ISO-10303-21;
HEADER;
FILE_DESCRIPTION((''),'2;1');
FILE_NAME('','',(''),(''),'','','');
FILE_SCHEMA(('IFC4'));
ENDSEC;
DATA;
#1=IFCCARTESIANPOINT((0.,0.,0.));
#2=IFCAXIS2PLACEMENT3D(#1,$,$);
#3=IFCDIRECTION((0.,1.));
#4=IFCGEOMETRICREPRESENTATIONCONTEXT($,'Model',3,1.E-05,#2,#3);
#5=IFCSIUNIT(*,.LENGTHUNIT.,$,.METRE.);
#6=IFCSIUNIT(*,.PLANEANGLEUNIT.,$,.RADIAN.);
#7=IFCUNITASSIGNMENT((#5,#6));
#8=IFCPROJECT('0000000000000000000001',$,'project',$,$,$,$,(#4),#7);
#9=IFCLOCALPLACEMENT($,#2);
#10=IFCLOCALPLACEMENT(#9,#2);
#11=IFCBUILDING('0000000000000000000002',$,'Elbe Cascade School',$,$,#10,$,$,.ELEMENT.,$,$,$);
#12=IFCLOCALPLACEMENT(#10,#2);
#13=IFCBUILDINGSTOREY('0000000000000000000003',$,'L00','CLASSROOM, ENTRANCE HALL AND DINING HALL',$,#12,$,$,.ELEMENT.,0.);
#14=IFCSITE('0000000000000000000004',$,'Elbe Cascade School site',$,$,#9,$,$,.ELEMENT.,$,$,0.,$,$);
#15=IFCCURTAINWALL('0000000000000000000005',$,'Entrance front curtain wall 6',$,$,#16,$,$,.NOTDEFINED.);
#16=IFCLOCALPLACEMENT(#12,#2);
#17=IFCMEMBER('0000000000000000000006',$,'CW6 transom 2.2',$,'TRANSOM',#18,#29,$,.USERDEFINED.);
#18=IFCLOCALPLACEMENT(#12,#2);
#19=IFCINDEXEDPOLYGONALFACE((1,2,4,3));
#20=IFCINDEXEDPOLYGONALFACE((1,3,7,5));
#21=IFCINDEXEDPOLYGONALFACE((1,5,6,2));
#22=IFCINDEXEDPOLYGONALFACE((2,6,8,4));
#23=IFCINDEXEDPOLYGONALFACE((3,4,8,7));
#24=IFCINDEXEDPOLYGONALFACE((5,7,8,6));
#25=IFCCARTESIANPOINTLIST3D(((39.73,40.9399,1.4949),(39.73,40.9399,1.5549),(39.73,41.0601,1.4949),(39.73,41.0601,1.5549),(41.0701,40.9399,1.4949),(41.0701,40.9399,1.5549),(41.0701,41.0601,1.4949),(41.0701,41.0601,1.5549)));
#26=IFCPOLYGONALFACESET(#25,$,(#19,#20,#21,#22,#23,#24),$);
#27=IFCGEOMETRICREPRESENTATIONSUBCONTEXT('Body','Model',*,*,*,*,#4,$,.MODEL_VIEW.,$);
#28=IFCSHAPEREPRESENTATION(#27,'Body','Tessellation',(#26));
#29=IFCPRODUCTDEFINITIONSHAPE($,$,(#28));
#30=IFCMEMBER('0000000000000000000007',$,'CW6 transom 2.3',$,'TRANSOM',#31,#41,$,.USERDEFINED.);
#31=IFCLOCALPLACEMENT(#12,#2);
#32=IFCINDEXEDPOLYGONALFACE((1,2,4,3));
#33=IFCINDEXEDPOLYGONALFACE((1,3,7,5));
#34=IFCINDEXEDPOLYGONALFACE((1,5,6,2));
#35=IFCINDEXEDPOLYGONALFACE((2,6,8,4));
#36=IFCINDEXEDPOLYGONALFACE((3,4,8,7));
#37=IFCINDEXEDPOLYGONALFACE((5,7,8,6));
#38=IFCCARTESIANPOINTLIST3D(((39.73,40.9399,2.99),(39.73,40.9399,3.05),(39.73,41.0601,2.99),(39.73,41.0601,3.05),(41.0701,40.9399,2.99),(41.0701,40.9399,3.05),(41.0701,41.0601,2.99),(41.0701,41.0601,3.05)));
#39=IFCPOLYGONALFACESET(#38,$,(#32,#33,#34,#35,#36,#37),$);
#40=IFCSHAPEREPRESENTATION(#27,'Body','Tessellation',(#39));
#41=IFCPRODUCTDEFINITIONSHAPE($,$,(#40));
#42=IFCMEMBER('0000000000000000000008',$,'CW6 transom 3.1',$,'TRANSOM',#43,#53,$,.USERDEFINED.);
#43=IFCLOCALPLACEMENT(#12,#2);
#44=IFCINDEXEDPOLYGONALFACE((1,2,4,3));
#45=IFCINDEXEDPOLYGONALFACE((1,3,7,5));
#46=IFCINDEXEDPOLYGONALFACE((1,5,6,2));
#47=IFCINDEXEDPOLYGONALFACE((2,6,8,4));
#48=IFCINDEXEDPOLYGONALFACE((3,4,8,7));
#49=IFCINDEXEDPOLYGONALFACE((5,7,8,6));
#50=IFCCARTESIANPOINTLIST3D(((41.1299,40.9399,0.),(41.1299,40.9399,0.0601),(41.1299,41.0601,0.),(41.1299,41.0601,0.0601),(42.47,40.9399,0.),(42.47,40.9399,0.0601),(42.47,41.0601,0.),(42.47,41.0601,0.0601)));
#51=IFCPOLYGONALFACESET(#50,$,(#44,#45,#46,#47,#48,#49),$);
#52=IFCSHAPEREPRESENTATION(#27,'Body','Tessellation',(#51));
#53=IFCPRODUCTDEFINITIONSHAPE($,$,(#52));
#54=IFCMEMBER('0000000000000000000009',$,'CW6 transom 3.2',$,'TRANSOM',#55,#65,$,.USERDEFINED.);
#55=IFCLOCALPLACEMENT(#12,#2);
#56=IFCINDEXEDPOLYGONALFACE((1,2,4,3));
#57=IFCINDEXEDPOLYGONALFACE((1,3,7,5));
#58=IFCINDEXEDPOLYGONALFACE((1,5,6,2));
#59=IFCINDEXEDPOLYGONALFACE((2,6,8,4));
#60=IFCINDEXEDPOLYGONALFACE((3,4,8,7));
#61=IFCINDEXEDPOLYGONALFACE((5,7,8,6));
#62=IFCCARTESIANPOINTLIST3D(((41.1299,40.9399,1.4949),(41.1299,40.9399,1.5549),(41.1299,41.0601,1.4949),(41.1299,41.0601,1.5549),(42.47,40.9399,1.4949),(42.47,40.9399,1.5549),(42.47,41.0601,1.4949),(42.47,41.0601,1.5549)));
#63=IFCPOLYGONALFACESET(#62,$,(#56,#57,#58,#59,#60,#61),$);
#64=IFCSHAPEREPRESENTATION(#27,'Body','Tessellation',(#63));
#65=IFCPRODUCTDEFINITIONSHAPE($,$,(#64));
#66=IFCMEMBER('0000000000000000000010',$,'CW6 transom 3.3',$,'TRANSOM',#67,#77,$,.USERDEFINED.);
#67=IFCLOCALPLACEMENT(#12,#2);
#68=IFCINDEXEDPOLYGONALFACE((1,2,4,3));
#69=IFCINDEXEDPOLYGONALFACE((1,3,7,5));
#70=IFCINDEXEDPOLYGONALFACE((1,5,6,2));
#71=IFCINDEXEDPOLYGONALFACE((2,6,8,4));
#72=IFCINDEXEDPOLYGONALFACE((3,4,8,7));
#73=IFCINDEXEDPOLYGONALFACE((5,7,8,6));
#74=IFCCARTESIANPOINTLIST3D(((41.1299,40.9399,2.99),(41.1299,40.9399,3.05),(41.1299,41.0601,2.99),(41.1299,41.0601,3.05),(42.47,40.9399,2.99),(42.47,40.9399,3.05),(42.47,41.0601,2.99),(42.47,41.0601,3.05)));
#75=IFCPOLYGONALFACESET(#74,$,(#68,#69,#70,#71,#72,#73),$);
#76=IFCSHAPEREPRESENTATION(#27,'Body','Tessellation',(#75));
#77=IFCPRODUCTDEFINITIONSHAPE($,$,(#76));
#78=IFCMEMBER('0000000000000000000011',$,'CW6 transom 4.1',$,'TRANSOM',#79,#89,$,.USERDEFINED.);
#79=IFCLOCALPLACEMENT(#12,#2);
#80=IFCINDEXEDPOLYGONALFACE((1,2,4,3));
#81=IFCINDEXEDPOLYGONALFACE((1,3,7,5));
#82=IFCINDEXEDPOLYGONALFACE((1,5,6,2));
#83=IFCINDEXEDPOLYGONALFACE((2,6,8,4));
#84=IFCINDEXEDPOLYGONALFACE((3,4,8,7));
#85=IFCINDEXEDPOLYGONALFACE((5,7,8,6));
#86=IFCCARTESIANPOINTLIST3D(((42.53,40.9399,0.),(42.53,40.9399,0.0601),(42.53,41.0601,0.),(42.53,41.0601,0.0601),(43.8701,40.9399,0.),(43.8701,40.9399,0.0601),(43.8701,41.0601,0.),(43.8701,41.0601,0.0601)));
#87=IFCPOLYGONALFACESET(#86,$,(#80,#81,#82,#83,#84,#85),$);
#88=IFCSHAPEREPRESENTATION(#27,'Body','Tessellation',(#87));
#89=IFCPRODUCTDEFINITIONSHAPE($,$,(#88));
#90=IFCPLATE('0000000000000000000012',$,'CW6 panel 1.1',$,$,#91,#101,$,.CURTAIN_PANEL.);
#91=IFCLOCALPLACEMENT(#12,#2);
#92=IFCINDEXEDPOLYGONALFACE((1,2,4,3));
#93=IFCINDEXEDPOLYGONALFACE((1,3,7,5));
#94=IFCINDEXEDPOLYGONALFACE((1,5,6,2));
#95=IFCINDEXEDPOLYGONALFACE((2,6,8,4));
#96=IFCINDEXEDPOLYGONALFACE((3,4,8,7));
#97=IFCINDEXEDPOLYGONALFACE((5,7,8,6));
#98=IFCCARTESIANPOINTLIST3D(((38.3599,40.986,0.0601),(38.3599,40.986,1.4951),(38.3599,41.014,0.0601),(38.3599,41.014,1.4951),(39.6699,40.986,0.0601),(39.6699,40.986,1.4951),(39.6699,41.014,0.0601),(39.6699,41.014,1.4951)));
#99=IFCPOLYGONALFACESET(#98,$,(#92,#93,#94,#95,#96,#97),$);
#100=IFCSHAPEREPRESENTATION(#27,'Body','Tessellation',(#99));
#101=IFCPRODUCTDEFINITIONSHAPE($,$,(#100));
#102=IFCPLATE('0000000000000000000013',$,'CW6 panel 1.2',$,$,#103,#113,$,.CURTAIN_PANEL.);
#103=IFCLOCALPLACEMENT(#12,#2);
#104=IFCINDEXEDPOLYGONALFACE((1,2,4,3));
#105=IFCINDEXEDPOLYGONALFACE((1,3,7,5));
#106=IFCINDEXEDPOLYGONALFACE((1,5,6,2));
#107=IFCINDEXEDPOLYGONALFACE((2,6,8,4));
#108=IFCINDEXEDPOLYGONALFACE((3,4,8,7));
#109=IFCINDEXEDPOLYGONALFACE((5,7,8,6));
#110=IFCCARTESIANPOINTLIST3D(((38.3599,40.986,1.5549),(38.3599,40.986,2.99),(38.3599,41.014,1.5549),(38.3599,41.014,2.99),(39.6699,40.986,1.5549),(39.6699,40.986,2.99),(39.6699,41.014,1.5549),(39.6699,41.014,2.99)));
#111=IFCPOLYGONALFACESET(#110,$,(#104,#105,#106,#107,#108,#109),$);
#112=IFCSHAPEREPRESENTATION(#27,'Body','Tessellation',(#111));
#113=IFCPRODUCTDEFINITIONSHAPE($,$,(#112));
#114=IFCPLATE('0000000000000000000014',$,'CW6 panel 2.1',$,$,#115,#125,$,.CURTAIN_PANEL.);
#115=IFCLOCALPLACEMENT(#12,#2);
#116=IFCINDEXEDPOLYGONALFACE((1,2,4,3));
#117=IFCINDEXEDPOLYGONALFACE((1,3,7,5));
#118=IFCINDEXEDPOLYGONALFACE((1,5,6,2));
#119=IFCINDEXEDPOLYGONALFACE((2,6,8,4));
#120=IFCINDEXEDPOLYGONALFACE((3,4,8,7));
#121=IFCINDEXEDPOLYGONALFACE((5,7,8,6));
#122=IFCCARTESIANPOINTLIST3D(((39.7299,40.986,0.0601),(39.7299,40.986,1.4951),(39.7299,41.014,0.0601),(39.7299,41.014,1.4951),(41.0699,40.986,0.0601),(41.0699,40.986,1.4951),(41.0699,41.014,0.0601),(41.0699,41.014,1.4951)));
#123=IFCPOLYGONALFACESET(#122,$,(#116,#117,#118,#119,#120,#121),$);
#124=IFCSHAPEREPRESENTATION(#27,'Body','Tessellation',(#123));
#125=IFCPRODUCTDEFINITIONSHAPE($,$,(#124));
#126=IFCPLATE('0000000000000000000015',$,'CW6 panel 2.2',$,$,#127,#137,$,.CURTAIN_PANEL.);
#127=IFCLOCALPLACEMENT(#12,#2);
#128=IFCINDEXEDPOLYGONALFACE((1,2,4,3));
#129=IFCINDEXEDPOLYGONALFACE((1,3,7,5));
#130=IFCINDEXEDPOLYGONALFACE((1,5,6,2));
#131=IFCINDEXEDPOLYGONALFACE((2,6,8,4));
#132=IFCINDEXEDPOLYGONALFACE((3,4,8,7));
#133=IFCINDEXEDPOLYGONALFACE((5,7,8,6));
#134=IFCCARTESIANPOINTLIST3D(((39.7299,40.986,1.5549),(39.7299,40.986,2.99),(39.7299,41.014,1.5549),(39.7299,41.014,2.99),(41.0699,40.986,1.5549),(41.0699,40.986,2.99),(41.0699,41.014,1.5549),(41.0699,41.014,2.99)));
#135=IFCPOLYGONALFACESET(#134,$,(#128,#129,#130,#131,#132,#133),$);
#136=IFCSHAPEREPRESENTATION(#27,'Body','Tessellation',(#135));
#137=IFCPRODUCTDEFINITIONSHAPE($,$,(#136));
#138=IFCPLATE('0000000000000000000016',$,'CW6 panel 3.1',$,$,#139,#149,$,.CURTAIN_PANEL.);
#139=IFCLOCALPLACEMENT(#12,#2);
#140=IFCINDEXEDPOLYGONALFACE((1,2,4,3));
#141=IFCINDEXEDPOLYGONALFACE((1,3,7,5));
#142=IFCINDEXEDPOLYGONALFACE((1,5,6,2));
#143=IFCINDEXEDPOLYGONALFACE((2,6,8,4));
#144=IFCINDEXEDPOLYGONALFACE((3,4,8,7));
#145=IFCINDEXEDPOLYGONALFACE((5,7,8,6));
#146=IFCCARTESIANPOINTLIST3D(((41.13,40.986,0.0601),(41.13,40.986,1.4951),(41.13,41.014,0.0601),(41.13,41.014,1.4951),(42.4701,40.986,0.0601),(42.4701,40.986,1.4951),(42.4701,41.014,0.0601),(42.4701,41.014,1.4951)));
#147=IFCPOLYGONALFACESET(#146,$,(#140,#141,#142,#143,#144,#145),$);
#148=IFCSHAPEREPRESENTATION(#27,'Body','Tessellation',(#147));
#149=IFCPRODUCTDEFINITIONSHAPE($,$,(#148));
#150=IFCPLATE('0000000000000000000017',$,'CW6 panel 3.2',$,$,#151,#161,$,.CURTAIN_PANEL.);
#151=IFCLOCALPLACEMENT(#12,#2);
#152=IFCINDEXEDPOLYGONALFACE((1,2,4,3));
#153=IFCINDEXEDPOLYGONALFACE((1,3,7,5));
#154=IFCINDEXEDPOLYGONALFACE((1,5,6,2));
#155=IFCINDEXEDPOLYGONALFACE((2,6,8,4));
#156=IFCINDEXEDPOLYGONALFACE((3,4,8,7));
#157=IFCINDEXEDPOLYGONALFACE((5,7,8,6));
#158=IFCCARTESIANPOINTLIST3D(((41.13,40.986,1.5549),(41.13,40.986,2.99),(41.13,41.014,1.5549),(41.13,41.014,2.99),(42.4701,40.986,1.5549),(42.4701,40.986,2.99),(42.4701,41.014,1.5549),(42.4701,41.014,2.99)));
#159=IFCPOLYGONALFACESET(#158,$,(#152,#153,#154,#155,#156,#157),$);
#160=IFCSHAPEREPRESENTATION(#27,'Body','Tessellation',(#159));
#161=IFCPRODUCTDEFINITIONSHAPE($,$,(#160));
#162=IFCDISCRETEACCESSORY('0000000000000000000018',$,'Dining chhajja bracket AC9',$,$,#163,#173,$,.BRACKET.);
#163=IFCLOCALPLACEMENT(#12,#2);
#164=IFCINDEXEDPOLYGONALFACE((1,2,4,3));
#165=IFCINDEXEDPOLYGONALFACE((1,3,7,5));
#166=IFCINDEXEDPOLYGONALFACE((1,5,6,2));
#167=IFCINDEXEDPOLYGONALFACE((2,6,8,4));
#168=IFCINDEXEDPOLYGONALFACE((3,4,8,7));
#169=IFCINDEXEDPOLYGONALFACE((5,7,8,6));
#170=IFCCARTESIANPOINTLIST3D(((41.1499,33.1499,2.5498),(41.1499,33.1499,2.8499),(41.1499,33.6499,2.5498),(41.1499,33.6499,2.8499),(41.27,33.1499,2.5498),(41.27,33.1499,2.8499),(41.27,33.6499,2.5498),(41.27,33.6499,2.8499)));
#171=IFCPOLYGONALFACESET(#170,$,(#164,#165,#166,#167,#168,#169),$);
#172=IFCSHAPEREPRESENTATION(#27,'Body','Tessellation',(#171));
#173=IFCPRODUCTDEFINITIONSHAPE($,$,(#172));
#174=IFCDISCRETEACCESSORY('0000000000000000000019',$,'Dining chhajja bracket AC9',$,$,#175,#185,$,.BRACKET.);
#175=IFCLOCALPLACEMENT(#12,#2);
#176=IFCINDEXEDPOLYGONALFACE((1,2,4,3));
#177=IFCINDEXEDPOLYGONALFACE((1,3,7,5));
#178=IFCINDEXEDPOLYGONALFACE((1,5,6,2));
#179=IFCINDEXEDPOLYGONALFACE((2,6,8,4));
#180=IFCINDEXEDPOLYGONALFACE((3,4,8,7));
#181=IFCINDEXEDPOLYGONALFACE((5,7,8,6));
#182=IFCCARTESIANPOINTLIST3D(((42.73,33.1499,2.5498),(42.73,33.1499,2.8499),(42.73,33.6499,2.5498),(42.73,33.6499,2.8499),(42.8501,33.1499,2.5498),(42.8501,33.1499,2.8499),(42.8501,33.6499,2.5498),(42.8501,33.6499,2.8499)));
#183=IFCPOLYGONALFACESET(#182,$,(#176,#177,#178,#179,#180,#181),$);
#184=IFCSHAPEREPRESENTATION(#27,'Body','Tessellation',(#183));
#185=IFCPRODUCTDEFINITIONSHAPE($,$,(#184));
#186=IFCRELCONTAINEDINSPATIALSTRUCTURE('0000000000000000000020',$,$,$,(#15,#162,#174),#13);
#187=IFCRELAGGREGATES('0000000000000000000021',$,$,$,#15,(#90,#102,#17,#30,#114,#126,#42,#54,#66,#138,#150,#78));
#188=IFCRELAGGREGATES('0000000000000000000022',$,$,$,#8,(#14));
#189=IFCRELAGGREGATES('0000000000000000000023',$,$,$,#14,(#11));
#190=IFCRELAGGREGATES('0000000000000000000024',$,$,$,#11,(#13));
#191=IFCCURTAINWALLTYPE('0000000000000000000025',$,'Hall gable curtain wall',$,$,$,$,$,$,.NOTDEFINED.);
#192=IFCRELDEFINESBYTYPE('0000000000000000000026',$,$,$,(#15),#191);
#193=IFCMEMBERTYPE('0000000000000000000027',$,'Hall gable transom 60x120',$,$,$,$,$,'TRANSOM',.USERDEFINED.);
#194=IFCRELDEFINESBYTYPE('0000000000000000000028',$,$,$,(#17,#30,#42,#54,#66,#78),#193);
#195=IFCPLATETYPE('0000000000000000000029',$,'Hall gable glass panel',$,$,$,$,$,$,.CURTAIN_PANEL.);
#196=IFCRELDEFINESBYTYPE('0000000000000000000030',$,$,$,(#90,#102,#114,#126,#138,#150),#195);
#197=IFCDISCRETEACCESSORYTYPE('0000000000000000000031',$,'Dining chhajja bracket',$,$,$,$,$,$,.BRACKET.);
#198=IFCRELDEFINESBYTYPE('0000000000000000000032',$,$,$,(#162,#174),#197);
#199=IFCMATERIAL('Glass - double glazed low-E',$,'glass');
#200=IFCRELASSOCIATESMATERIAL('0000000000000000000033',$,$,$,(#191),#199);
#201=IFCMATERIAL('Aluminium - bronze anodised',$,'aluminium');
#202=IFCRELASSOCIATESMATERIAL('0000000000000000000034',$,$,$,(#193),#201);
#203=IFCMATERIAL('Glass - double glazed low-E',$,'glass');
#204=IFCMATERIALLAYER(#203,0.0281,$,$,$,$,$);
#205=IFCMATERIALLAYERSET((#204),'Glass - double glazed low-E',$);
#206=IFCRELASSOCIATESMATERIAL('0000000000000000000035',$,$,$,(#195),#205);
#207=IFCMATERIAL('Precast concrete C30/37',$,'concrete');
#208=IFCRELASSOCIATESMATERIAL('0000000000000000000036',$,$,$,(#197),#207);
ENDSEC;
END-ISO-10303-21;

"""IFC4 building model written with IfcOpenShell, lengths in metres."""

from ifc_helpers import new_model, si_unit, direction, frame, origin, origin_2d, place, context, subcontext, project, spatial, rectangle, extrude, material, layer, layer_set, material_profile, profile_set, type_object, element, aggregate, save


model = new_model("IFC4")

# Units and contexts
model_context = context("Model", 3, precision=1e-05, world=origin(), true_north=direction((0.0, 1.0)))
body_context = subcontext(model_context, "Body", "Model", "MODEL_VIEW")
ifc_project = project(units=[si_unit("LENGTHUNIT", "METRE"), si_unit("PLANEANGLEUNIT", "RADIAN")], contexts=[model_context])

# Site, building, storey
site_placement = place(None, origin())
site = spatial("IfcSite", under=ifc_project, at=site_placement, Name="Elbe Cascade School site", CompositionType="ELEMENT", RefElevation=0.0)
building_placement = place(site_placement, origin())
building = spatial("IfcBuilding", under=site, at=building_placement, Name="Elbe Cascade School", CompositionType="ELEMENT")
storey_placement = place(building_placement, origin())
storey = spatial("IfcBuildingStorey", under=building, at=storey_placement, Name="L00", Description="CLASSROOM, ENTRANCE HALL AND DINING HALL", CompositionType="ELEMENT", Elevation=0.0)

# Curtain wall, members, plates
ifc_material_1 = material(Name="Glass - double glazed low-E", Category="glass")
curtain_wall_type = type_object("IfcCurtainWallType", Name="Hall gable curtain wall", PredefinedType="NOTDEFINED", material=ifc_material_1)
curtain_wall_placement = place(storey_placement, origin())
curtain_wall = element("IfcCurtainWall", 1, at=curtain_wall_placement, inside=storey, type_object=curtain_wall_type, Name="Entrance front curtain wall 6", PredefinedType="NOTDEFINED")
ifc_material_2 = material(Name="Aluminium - bronze anodised", Category="aluminium")
ifc_material_profile_1 = material_profile(ifc_material_2, rectangle(XDim=0.1201, YDim=0.0601, at=origin_2d()), Name="Alu 60x120")
ifc_profile_set_1 = profile_set([ifc_material_profile_1], Name="Aluminium - bronze anodised")
member_type_1 = type_object("IfcMemberType", Name="Hall gable transom 60x120", ElementType="TRANSOM", PredefinedType="USERDEFINED", material=ifc_profile_set_1)
member_1_placement = place(storey_placement, frame((39.73, 41.0, 1.5249), z_axis=(1.0, 0.0, 0.0), x_axis=(0.0, 1.0, 0.0)))
member_1 = element("IfcMember", 2, at=member_1_placement, type_object=member_type_1, Name="CW6 transom 2.2", ObjectType="TRANSOM", PredefinedType="USERDEFINED", context=body_context, shape_type="SweptSolid", body=[
    extrude(rectangle(XDim=0.1201, YDim=0.0601, at=origin_2d()), origin(), (0.0, 0.0, 1.0), 1.3401),
])
member_2_placement = place(storey_placement, frame((39.73, 41.0, 3.02), z_axis=(1.0, 0.0, 0.0), x_axis=(0.0, 1.0, 0.0)))
member_2 = element("IfcMember", 3, at=member_2_placement, type_object=member_type_1, Name="CW6 transom 2.3", ObjectType="TRANSOM", PredefinedType="USERDEFINED", context=body_context, shape_type="SweptSolid", body=[
    extrude(rectangle(XDim=0.1201, YDim=0.0601, at=origin_2d()), origin(), (0.0, 0.0, 1.0), 1.3401),
])
member_3_placement = place(storey_placement, frame((41.1299, 41.0, 0.03), z_axis=(1.0, 0.0, 0.0), x_axis=(0.0, 1.0, 0.0)))
member_3 = element("IfcMember", 4, at=member_3_placement, type_object=member_type_1, Name="CW6 transom 3.1", ObjectType="TRANSOM", PredefinedType="USERDEFINED", context=body_context, shape_type="SweptSolid", body=[
    extrude(rectangle(XDim=0.1201, YDim=0.0601, at=origin_2d()), origin(), (0.0, 0.0, 1.0), 1.3401),
])
member_4_placement = place(storey_placement, frame((41.1299, 41.0, 1.5249), z_axis=(1.0, 0.0, 0.0), x_axis=(0.0, 1.0, 0.0)))
member_4 = element("IfcMember", 5, at=member_4_placement, type_object=member_type_1, Name="CW6 transom 3.2", ObjectType="TRANSOM", PredefinedType="USERDEFINED", context=body_context, shape_type="SweptSolid", body=[
    extrude(rectangle(XDim=0.1201, YDim=0.0601, at=origin_2d()), origin(), (0.0, 0.0, 1.0), 1.3401),
])
member_5_placement = place(storey_placement, frame((41.1299, 41.0, 3.02), z_axis=(1.0, 0.0, 0.0), x_axis=(0.0, 1.0, 0.0)))
member_5 = element("IfcMember", 6, at=member_5_placement, type_object=member_type_1, Name="CW6 transom 3.3", ObjectType="TRANSOM", PredefinedType="USERDEFINED", context=body_context, shape_type="SweptSolid", body=[
    extrude(rectangle(XDim=0.1201, YDim=0.0601, at=origin_2d()), origin(), (0.0, 0.0, 1.0), 1.3401),
])
member_6_placement = place(storey_placement, frame((42.53, 41.0, 0.03), z_axis=(1.0, 0.0, 0.0), x_axis=(0.0, 1.0, 0.0)))
member_6 = element("IfcMember", 7, at=member_6_placement, type_object=member_type_1, Name="CW6 transom 4.1", ObjectType="TRANSOM", PredefinedType="USERDEFINED", context=body_context, shape_type="SweptSolid", body=[
    extrude(rectangle(XDim=0.1201, YDim=0.0601, at=origin_2d()), origin(), (0.0, 0.0, 1.0), 1.3401),
])
ifc_material_3 = material(Name="Glass - double glazed low-E", Category="glass")
ifc_layer = layer(ifc_material_3, 0.0281)
ifc_layer_set = layer_set([ifc_layer], Name="Glass - double glazed low-E")
plate_type = type_object("IfcPlateType", Name="Hall gable glass panel", PredefinedType="CURTAIN_PANEL", material=ifc_layer_set)
plate_1_placement = place(storey_placement, frame((39.0149, 41.0, 0.0601), z_axis=(0.0, 0.0, 1.0), x_axis=(1.0, 0.0, 0.0)))
plate_1 = element("IfcPlate", 8, at=plate_1_placement, type_object=plate_type, Name="CW6 panel 1.1", PredefinedType="CURTAIN_PANEL", context=body_context, shape_type="SweptSolid", body=[
    extrude(rectangle(XDim=1.3101, YDim=0.0281, at=origin_2d()), origin(), (0.0, 0.0, 1.0), 1.4351),
])
plate_2_placement = place(storey_placement, frame((39.0149, 41.0, 1.5549), z_axis=(0.0, 0.0, 1.0), x_axis=(1.0, 0.0, 0.0)))
plate_2 = element("IfcPlate", 9, at=plate_2_placement, type_object=plate_type, Name="CW6 panel 1.2", PredefinedType="CURTAIN_PANEL", context=body_context, shape_type="SweptSolid", body=[
    extrude(rectangle(XDim=1.3101, YDim=0.0281, at=origin_2d()), origin(), (0.0, 0.0, 1.0), 1.4351),
])
plate_3_placement = place(storey_placement, frame((40.3999, 41.0, 0.0601), z_axis=(0.0, 0.0, 1.0), x_axis=(1.0, 0.0, 0.0)))
plate_3 = element("IfcPlate", 10, at=plate_3_placement, type_object=plate_type, Name="CW6 panel 2.1", PredefinedType="CURTAIN_PANEL", context=body_context, shape_type="SweptSolid", body=[
    extrude(rectangle(XDim=1.3401, YDim=0.0281, at=origin_2d()), origin(), (0.0, 0.0, 1.0), 1.4351),
])
plate_4_placement = place(storey_placement, frame((40.3999, 41.0, 1.5549), z_axis=(0.0, 0.0, 1.0), x_axis=(1.0, 0.0, 0.0)))
plate_4 = element("IfcPlate", 11, at=plate_4_placement, type_object=plate_type, Name="CW6 panel 2.2", PredefinedType="CURTAIN_PANEL", context=body_context, shape_type="SweptSolid", body=[
    extrude(rectangle(XDim=1.3401, YDim=0.0281, at=origin_2d()), origin(), (0.0, 0.0, 1.0), 1.4351),
])
plate_5_placement = place(storey_placement, frame((41.8, 41.0, 0.0601), z_axis=(0.0, 0.0, 1.0), x_axis=(1.0, 0.0, 0.0)))
plate_5 = element("IfcPlate", 12, at=plate_5_placement, type_object=plate_type, Name="CW6 panel 3.1", PredefinedType="CURTAIN_PANEL", context=body_context, shape_type="SweptSolid", body=[
    extrude(rectangle(XDim=1.3401, YDim=0.0281, at=origin_2d()), origin(), (0.0, 0.0, 1.0), 1.4351),
])
plate_6_placement = place(storey_placement, frame((41.8, 41.0, 1.5549), z_axis=(0.0, 0.0, 1.0), x_axis=(1.0, 0.0, 0.0)))
plate_6 = element("IfcPlate", 13, at=plate_6_placement, type_object=plate_type, Name="CW6 panel 3.2", PredefinedType="CURTAIN_PANEL", context=body_context, shape_type="SweptSolid", body=[
    extrude(rectangle(XDim=1.3401, YDim=0.0281, at=origin_2d()), origin(), (0.0, 0.0, 1.0), 1.4351),
])
aggregate(curtain_wall, [plate_1, plate_2, member_1, member_2, plate_3, plate_4, member_3, member_4, member_5, plate_5, plate_6, member_6])

# Discrete accessories
ifc_material_4 = material(Name="Precast concrete C30/37", Category="concrete")
discrete_accessory_type = type_object("IfcDiscreteAccessoryType", Name="Dining chhajja bracket", PredefinedType="BRACKET", material=ifc_material_4)
for number, where, z_axis, x_axis, name in (
    (14, (41.21, 33.3999, 2.5498), (0.0, 0.0, 1.0), (1.0, 0.0, 0.0), "Dining chhajja bracket AC9"),
    (15, (42.79, 33.3999, 2.5498), (0.0, 0.0, 1.0), (1.0, 0.0, 0.0), "Dining chhajja bracket AC9"),
):
    element("IfcDiscreteAccessory", number, at=place(storey_placement, frame(where, z_axis=z_axis, x_axis=x_axis)), inside=storey, type_object=discrete_accessory_type, Name=name, PredefinedType="BRACKET", context=body_context, shape_type="SweptSolid", body=[
        extrude(rectangle(XDim=0.1201, YDim=0.5, at=origin_2d()), origin(), (0.0, 0.0, 1.0), 0.3),
    ])

save(model, "model.ifc")
